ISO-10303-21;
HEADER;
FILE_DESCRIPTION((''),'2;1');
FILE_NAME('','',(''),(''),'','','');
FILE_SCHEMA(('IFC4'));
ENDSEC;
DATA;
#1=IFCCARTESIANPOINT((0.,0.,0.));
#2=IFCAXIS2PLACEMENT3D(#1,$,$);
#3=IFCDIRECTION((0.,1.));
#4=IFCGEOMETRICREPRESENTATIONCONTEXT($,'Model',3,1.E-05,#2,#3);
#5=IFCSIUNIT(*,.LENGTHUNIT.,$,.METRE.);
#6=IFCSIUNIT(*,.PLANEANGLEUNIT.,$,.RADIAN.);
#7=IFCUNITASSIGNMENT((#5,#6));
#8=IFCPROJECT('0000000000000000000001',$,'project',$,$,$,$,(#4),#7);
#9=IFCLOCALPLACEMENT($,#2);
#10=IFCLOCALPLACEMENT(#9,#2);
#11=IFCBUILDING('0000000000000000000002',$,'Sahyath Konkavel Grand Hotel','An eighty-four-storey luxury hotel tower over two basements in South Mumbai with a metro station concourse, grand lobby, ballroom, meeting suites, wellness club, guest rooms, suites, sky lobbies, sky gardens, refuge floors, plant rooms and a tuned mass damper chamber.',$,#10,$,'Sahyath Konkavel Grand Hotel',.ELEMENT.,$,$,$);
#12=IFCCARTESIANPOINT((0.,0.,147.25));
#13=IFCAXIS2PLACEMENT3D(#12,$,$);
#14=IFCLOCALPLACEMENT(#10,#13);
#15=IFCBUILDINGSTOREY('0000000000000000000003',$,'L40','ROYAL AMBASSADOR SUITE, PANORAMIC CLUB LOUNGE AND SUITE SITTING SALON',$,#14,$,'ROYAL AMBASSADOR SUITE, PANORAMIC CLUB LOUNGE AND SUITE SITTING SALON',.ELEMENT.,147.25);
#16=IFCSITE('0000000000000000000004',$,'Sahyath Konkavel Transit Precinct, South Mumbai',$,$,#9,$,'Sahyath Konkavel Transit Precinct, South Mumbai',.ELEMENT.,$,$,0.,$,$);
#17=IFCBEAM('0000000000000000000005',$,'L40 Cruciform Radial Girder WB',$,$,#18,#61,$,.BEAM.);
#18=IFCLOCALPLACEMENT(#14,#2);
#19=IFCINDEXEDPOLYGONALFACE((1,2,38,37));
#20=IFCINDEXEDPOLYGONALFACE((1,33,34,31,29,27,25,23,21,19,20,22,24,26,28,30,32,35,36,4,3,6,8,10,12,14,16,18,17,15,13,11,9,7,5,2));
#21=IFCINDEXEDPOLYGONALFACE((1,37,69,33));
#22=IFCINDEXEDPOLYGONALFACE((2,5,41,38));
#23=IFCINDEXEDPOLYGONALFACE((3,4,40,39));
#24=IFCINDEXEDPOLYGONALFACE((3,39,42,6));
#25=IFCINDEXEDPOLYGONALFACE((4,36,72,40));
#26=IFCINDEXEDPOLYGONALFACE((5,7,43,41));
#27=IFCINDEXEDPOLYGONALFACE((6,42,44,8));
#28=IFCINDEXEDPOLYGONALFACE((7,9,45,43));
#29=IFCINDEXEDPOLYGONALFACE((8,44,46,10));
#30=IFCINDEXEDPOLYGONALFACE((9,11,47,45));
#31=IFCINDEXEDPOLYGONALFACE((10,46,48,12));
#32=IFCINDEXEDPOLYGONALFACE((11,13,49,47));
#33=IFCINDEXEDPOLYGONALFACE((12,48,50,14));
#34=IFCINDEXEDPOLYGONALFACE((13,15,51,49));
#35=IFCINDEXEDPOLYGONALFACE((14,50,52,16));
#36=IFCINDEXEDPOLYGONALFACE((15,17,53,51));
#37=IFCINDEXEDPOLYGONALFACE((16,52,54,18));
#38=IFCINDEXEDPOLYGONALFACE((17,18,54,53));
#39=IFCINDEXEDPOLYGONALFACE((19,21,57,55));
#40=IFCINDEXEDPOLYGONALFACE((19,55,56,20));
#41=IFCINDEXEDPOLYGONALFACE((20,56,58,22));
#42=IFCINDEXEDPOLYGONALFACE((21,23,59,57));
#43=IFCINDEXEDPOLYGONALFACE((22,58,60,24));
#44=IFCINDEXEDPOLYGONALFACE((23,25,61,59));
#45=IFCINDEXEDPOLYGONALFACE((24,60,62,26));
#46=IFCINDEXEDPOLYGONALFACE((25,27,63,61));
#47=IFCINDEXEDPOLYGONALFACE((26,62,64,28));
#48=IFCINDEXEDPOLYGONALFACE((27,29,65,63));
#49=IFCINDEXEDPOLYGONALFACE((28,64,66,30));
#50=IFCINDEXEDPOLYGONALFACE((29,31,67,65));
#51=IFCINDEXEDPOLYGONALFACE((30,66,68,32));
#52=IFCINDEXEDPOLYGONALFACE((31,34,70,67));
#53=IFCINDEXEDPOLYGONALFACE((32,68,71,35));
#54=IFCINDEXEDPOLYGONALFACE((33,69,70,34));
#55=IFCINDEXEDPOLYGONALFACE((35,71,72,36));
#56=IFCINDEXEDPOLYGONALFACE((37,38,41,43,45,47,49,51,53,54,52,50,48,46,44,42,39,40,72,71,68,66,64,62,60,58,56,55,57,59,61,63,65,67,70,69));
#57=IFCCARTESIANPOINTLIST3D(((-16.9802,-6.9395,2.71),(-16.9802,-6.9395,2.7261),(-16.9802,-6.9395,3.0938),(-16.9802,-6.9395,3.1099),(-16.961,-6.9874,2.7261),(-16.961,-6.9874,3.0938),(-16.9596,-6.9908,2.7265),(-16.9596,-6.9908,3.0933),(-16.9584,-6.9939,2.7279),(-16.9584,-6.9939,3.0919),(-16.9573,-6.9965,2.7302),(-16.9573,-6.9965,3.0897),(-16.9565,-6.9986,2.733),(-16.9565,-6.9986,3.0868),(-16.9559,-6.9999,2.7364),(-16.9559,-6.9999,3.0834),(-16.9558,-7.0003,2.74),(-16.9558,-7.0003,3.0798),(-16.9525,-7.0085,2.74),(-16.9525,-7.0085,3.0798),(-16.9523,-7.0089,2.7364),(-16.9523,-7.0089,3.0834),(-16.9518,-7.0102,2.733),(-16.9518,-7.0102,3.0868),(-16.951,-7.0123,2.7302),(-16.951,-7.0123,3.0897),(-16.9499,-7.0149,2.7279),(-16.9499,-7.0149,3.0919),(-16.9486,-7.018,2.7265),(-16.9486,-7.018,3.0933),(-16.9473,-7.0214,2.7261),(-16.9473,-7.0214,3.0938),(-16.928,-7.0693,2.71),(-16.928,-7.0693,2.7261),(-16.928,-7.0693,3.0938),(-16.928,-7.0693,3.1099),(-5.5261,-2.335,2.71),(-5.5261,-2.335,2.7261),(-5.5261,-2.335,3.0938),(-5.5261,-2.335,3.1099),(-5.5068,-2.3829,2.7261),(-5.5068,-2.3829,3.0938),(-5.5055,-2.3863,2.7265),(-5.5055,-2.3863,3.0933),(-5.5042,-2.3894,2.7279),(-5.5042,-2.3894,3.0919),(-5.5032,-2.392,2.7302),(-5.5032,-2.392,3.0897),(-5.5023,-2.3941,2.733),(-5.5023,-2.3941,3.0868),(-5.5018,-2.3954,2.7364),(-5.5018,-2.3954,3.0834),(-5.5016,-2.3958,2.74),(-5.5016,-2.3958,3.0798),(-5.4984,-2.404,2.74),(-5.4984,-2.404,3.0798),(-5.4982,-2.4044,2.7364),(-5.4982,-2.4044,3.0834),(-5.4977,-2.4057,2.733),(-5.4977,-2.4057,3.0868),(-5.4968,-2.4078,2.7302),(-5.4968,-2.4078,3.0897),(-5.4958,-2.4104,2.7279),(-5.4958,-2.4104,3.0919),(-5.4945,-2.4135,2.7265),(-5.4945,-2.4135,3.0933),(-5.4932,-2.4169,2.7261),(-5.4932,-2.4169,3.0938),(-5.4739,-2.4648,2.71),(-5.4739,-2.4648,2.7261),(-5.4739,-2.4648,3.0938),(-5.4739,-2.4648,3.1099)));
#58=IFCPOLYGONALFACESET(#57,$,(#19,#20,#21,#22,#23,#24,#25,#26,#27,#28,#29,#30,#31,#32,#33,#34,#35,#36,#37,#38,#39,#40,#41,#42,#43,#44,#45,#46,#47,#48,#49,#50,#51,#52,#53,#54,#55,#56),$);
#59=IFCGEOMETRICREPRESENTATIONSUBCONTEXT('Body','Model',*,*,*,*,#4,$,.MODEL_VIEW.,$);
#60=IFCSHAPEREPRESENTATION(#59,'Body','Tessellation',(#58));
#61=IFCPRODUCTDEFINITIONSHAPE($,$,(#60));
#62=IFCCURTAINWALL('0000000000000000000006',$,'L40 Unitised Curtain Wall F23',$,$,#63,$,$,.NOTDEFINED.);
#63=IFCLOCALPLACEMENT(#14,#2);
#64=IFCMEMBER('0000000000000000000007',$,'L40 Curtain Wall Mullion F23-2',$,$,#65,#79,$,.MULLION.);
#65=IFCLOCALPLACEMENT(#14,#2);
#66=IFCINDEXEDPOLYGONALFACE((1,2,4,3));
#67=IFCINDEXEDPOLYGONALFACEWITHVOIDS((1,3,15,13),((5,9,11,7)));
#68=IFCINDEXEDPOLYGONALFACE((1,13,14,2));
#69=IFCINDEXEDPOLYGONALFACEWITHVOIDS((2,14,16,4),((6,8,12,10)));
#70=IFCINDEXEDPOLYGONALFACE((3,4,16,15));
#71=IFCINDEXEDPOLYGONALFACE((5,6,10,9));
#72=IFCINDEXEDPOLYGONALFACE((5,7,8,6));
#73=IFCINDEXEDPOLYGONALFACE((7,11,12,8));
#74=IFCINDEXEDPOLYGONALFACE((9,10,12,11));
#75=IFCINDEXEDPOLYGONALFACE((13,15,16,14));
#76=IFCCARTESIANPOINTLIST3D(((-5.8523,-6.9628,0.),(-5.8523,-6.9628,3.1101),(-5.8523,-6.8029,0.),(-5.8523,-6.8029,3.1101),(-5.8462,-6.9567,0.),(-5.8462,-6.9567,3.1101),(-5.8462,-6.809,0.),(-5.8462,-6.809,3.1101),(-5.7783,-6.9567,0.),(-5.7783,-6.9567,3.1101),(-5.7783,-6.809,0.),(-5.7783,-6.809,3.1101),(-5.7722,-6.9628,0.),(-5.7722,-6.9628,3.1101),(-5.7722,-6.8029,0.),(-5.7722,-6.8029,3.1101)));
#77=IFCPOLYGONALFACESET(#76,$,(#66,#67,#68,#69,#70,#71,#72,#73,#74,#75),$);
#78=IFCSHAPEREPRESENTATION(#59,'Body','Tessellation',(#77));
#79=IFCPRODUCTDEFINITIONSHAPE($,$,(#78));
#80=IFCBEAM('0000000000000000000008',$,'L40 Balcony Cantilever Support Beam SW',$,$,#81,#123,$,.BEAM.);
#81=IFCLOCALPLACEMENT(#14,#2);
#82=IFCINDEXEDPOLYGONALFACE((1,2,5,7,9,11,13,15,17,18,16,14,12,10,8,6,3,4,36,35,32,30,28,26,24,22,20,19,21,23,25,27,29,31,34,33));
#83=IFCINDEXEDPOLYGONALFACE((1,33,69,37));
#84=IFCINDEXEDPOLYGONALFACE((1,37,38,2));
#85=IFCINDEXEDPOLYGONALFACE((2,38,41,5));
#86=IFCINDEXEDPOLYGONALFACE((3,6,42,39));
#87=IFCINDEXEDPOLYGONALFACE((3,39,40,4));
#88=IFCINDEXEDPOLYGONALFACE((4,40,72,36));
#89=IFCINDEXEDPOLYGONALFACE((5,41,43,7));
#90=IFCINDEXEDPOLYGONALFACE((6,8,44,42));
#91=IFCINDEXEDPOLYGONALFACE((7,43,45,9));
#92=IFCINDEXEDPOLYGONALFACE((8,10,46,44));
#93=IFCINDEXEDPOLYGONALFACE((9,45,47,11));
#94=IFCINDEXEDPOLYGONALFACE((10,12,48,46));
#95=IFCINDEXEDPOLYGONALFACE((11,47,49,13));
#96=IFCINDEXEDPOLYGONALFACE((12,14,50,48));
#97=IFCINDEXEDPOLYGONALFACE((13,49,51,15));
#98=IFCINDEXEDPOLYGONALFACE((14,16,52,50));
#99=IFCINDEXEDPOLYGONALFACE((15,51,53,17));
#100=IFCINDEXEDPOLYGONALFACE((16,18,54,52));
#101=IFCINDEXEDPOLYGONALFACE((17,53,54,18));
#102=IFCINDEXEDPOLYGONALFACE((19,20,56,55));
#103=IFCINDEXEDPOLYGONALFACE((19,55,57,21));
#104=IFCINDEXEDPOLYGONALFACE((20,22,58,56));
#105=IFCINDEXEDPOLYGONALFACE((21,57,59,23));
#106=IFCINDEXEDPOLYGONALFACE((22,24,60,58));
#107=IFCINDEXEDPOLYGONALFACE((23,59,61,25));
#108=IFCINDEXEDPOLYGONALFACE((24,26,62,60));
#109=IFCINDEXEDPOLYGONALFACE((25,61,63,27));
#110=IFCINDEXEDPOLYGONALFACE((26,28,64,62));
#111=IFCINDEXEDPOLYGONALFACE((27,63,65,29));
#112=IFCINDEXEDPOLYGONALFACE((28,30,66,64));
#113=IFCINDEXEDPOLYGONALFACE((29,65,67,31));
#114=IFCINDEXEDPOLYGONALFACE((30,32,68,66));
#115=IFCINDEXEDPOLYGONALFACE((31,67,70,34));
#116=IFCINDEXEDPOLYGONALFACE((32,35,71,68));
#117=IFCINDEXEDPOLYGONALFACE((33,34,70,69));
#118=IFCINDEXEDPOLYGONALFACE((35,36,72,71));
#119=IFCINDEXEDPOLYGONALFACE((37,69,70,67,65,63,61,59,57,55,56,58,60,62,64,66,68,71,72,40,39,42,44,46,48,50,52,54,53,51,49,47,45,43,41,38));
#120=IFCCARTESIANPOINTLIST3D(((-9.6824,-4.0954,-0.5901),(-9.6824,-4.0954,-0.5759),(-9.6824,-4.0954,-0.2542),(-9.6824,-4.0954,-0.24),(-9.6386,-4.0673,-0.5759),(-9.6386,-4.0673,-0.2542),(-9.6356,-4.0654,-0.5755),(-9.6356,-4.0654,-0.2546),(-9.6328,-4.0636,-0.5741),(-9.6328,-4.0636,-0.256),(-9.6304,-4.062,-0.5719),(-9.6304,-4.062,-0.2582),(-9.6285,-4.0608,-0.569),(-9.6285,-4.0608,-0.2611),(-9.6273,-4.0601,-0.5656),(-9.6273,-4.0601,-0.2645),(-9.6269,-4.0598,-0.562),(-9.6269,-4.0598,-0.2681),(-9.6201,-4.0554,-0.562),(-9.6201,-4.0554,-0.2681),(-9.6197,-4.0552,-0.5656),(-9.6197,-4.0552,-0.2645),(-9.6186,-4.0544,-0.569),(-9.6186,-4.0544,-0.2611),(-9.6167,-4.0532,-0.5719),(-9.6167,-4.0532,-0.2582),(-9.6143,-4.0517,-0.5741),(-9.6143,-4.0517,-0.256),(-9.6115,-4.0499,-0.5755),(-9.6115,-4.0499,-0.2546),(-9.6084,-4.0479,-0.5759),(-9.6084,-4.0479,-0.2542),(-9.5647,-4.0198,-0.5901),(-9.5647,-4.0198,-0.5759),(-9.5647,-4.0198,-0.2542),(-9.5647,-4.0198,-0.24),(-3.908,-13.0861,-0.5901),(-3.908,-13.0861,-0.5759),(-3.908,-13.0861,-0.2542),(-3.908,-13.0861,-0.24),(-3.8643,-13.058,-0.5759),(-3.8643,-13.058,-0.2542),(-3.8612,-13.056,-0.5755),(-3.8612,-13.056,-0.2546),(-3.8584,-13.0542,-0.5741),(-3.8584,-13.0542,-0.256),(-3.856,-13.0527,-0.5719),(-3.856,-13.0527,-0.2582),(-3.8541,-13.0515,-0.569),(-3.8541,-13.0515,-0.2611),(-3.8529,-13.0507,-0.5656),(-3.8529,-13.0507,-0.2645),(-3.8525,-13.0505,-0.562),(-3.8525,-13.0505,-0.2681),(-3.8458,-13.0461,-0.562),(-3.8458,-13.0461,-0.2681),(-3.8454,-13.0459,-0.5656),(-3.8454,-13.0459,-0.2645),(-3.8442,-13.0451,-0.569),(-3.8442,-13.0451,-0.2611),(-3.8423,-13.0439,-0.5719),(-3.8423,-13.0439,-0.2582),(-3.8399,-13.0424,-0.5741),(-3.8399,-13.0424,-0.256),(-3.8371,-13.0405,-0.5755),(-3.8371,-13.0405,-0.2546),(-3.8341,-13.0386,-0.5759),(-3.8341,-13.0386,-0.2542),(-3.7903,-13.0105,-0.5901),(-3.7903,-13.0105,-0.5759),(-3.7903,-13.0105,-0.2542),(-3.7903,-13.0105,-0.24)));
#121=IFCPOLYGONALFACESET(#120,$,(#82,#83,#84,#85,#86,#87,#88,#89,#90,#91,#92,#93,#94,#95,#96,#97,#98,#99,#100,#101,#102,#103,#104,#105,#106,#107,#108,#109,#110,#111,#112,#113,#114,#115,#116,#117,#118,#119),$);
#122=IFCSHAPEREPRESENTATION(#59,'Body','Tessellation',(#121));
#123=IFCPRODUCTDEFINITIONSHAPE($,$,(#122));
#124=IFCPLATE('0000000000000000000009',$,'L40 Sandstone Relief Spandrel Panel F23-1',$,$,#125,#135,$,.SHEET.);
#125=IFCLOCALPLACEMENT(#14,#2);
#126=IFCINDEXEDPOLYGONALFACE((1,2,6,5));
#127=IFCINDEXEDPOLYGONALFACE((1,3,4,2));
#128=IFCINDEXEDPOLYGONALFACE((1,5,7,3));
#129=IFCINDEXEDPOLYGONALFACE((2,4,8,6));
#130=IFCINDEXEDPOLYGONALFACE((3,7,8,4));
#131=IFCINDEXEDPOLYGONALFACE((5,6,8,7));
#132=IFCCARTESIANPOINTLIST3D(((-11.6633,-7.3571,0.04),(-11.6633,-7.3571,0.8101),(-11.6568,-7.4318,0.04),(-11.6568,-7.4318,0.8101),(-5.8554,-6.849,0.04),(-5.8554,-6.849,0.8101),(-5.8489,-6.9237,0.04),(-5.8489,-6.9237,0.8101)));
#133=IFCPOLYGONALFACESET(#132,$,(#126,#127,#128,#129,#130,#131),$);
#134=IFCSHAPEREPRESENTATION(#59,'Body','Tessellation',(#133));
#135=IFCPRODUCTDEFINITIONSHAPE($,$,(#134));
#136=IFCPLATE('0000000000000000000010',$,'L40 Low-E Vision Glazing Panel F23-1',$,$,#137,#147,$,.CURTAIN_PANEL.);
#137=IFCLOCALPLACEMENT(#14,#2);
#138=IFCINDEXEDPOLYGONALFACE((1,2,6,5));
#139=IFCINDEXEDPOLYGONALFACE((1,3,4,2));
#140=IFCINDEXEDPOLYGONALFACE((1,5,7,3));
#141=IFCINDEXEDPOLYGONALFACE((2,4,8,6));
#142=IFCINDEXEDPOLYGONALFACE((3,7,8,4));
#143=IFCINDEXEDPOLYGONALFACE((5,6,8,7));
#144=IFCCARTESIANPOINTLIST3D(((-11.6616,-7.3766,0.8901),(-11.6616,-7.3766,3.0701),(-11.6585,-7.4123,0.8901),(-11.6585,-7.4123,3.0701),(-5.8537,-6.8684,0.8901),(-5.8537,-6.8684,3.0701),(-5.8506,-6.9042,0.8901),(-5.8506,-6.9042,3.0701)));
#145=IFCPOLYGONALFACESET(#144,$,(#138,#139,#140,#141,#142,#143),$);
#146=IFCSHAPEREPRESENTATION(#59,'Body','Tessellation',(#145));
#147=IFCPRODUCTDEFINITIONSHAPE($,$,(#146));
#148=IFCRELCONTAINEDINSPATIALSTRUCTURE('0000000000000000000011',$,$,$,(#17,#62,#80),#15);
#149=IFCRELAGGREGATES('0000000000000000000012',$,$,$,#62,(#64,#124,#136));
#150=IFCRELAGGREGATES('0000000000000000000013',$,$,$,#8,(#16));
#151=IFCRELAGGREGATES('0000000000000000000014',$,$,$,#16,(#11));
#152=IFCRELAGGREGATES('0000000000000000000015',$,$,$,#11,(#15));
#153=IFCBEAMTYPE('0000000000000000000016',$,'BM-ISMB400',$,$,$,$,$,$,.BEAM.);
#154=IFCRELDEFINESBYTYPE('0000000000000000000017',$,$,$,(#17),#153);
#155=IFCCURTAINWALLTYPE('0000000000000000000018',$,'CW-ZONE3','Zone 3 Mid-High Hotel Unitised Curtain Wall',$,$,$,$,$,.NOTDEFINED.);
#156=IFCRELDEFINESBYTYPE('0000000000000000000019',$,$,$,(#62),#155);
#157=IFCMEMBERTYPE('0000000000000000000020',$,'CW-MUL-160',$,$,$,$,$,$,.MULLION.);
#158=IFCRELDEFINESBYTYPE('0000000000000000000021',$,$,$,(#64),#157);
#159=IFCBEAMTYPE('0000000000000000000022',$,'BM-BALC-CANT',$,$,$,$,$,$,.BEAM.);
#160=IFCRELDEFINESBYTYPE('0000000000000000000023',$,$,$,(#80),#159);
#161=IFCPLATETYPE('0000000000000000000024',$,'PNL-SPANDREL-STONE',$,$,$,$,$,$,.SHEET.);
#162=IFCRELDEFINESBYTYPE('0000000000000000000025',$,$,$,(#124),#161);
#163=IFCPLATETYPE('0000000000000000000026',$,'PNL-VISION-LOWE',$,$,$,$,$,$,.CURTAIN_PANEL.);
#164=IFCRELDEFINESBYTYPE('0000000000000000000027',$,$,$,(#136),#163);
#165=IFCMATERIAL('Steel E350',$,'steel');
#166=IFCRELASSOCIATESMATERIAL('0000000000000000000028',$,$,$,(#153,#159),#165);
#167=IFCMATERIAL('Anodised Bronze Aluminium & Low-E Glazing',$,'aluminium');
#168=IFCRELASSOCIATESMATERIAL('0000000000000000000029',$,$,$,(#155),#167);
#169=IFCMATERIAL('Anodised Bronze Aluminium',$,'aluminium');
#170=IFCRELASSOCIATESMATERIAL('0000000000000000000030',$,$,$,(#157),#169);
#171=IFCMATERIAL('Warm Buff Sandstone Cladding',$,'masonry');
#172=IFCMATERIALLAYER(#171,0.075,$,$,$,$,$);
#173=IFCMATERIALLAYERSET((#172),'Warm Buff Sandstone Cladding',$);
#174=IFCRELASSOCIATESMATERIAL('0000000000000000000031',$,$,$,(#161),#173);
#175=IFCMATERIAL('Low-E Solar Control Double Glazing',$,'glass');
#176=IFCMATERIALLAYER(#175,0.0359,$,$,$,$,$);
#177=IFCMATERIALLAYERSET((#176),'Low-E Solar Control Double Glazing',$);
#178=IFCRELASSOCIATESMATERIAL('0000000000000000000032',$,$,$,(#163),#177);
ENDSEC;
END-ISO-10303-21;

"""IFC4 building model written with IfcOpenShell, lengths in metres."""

from ifc_helpers import new_model, si_unit, direction, frame, origin, origin_2d, place, context, subcontext, project, spatial, rectangle, hollow_rectangle, i_section, extrude, source, transform, mapped, material, layer, layer_set, material_profile, profile_set, type_object, element, aggregate, save


model = new_model("IFC4")

# Units and contexts
model_context = context("Model", 3, precision=1e-05, world=origin(), true_north=direction((0.0, 1.0)))
body_context = subcontext(model_context, "Body", "Model", "MODEL_VIEW")
ifc_project = project(units=[si_unit("LENGTHUNIT", "METRE"), si_unit("PLANEANGLEUNIT", "RADIAN")], contexts=[model_context])

# Site, building, storey
site_placement = place(None, origin())
site = spatial("IfcSite", under=ifc_project, at=site_placement, Name="Sahyath Konkavel Transit Precinct, South Mumbai", LongName="Sahyath Konkavel Transit Precinct, South Mumbai", CompositionType="ELEMENT", RefElevation=0.0)
building_placement = place(site_placement, origin())
building = spatial("IfcBuilding", under=site, at=building_placement, Name="Sahyath Konkavel Grand Hotel", Description="An eighty-four-storey luxury hotel tower over two basements in South Mumbai with a metro station concourse, grand lobby, ballroom, meeting suites, wellness club, guest rooms, suites, sky lobbies, sky gardens, refuge floors, plant rooms and a tuned mass damper chamber.", LongName="Sahyath Konkavel Grand Hotel", CompositionType="ELEMENT")
storey_placement = place(building_placement, frame((0.0, 0.0, 147.25)))
storey = spatial("IfcBuildingStorey", under=building, at=storey_placement, Name="L40", Description="ROYAL AMBASSADOR SUITE, PANORAMIC CLUB LOUNGE AND SUITE SITTING SALON", LongName="ROYAL AMBASSADOR SUITE, PANORAMIC CLUB LOUNGE AND SUITE SITTING SALON", CompositionType="ELEMENT", Elevation=147.25)

# Beam
ifc_material_1 = material(Name="Steel E350", Category="steel")
ifc_material_profile_1 = material_profile(ifc_material_1, i_section(OverallWidth=0.1399, OverallDepth=0.3999, WebThickness=0.0088, FlangeThickness=0.0161, FilletRadius=0.0139, at=origin_2d()), Name="ISMB 400")
ifc_profile_set_1 = profile_set([ifc_material_profile_1], Name="Steel E350")
beam_type_1 = type_object("IfcBeamType", Name="BM-ISMB400", PredefinedType="BEAM", material=ifc_profile_set_1)
shared_shape_1 = source(origin(), body_context, "Body", "SweptSolid", [
    extrude(i_section(OverallWidth=0.1399, OverallDepth=0.3999, WebThickness=0.0088, FlangeThickness=0.0161, FilletRadius=0.0139, at=origin_2d()), origin(), (0.0, 0.0, 1.0), 12.345),
])
beam_1_placement = place(storey_placement, frame((-5.5, -2.3999, 2.9099), z_axis=(-0.927837, -0.372986, 0.0), x_axis=(0.372986, -0.927837, 0.0)))
element("IfcBeam", 1, at=beam_1_placement, inside=storey, type_object=beam_type_1, Name="L40 Cruciform Radial Girder WB", PredefinedType="BEAM", context=body_context, shape_type="MappedRepresentation", body=[
    mapped(shared_shape_1, transform((0.0, 0.0, 0.0), scale=1.0)),
])

# Curtain wall, member
ifc_material_2 = material(Name="Anodised Bronze Aluminium & Low-E Glazing", Category="aluminium")
curtain_wall_type = type_object("IfcCurtainWallType", Name="CW-ZONE3", Description="Zone 3 Mid-High Hotel Unitised Curtain Wall", PredefinedType="NOTDEFINED", material=ifc_material_2)
curtain_wall_placement = place(storey_placement, origin())
curtain_wall = element("IfcCurtainWall", 2, at=curtain_wall_placement, inside=storey, type_object=curtain_wall_type, Name="L40 Unitised Curtain Wall F23", PredefinedType="NOTDEFINED")
ifc_material_3 = material(Name="Anodised Bronze Aluminium", Category="aluminium")
ifc_material_profile_2 = material_profile(ifc_material_3, hollow_rectangle(XDim=0.0801, YDim=0.1599, WallThickness=0.0061, at=origin_2d()), Name="RHS 160x80x6")
ifc_profile_set_2 = profile_set([ifc_material_profile_2], Name="Anodised Bronze Aluminium")
member_type = type_object("IfcMemberType", Name="CW-MUL-160", PredefinedType="MULLION", material=ifc_profile_set_2)
shared_shape_2 = source(origin(), body_context, "Body", "SweptSolid", [
    extrude(hollow_rectangle(XDim=0.0801, YDim=0.1599, WallThickness=0.0061, at=origin_2d()), origin(), (0.0, 0.0, 1.0), 3.1101),
])
member_placement = place(storey_placement, frame((-5.8123, -6.8828, 0.0), z_axis=(0.0, 0.0, 1.0), x_axis=(1.0, 0.0, 0.0)))
member = element("IfcMember", 3, at=member_placement, type_object=member_type, Name="L40 Curtain Wall Mullion F23-2", PredefinedType="MULLION", context=body_context, shape_type="MappedRepresentation", body=[
    mapped(shared_shape_2, transform((0.0, 0.0, 0.0), scale=1.0)),
])

# Beam
ifc_material_profile_3 = material_profile(ifc_material_1, i_section(OverallWidth=0.1399, OverallDepth=0.3501, WebThickness=0.0081, FlangeThickness=0.0142, FilletRadius=0.0139, at=origin_2d()), Name="ISMB 350")
ifc_profile_set_3 = profile_set([ifc_material_profile_3], Name="Steel E350")
beam_type_2 = type_object("IfcBeamType", Name="BM-BALC-CANT", PredefinedType="BEAM", material=ifc_profile_set_3)
shared_shape_3 = source(origin(), body_context, "Body", "SweptSolid", [
    extrude(i_section(OverallWidth=0.1399, OverallDepth=0.3501, WebThickness=0.0081, FlangeThickness=0.0142, FilletRadius=0.0139, at=origin_2d()), origin(), (0.0, 0.0, 1.0), 10.6853),
])
beam_2_placement = place(storey_placement, frame((-9.6235, -4.0576, -0.415), z_axis=(0.540404, -0.841406, 0.0), x_axis=(0.841406, 0.540404, 0.0)))
element("IfcBeam", 4, at=beam_2_placement, inside=storey, type_object=beam_type_2, Name="L40 Balcony Cantilever Support Beam SW", PredefinedType="BEAM", context=body_context, shape_type="MappedRepresentation", body=[
    mapped(shared_shape_3, transform((0.0, 0.0, 0.0), scale=1.0)),
])

# Plates
ifc_material_4 = material(Name="Warm Buff Sandstone Cladding", Category="masonry")
ifc_layer_1 = layer(ifc_material_4, 0.075)
ifc_layer_set_1 = layer_set([ifc_layer_1], Name="Warm Buff Sandstone Cladding")
plate_type_1 = type_object("IfcPlateType", Name="PNL-SPANDREL-STONE", PredefinedType="SHEET", material=ifc_layer_set_1)
shared_shape_4 = source(origin(), body_context, "Body", "SweptSolid", [
    extrude(rectangle(XDim=5.8301, YDim=0.075, at=origin_2d()), origin(), (0.0, 0.0, 1.0), 0.77),
])
plate_1_placement = place(storey_placement, frame((-8.7561, -7.1404, 0.04), z_axis=(0.0, 0.0, 1.0), x_axis=(0.996195, 0.087156, 0.0)))
plate_1 = element("IfcPlate", 5, at=plate_1_placement, type_object=plate_type_1, Name="L40 Sandstone Relief Spandrel Panel F23-1", PredefinedType="SHEET", context=body_context, shape_type="MappedRepresentation", body=[
    mapped(shared_shape_4, transform((0.0, 0.0, 0.0), scale=1.0)),
])
ifc_material_5 = material(Name="Low-E Solar Control Double Glazing", Category="glass")
ifc_layer_2 = layer(ifc_material_5, 0.0359)
ifc_layer_set_2 = layer_set([ifc_layer_2], Name="Low-E Solar Control Double Glazing")
plate_type_2 = type_object("IfcPlateType", Name="PNL-VISION-LOWE", PredefinedType="CURTAIN_PANEL", material=ifc_layer_set_2)
shared_shape_5 = source(origin(), body_context, "Body", "SweptSolid", [
    extrude(rectangle(XDim=5.8301, YDim=0.0359, at=origin_2d()), origin(), (0.0, 0.0, 1.0), 2.1799),
])
plate_2_placement = place(storey_placement, frame((-8.7561, -7.1404, 0.8901), z_axis=(0.0, 0.0, 1.0), x_axis=(0.996195, 0.087156, 0.0)))
plate_2 = element("IfcPlate", 6, at=plate_2_placement, type_object=plate_type_2, Name="L40 Low-E Vision Glazing Panel F23-1", PredefinedType="CURTAIN_PANEL", context=body_context, shape_type="MappedRepresentation", body=[
    mapped(shared_shape_5, transform((0.0, 0.0, 0.0), scale=1.0)),
])
aggregate(curtain_wall, [member, plate_1, plate_2])

save(model, "model.ifc")
